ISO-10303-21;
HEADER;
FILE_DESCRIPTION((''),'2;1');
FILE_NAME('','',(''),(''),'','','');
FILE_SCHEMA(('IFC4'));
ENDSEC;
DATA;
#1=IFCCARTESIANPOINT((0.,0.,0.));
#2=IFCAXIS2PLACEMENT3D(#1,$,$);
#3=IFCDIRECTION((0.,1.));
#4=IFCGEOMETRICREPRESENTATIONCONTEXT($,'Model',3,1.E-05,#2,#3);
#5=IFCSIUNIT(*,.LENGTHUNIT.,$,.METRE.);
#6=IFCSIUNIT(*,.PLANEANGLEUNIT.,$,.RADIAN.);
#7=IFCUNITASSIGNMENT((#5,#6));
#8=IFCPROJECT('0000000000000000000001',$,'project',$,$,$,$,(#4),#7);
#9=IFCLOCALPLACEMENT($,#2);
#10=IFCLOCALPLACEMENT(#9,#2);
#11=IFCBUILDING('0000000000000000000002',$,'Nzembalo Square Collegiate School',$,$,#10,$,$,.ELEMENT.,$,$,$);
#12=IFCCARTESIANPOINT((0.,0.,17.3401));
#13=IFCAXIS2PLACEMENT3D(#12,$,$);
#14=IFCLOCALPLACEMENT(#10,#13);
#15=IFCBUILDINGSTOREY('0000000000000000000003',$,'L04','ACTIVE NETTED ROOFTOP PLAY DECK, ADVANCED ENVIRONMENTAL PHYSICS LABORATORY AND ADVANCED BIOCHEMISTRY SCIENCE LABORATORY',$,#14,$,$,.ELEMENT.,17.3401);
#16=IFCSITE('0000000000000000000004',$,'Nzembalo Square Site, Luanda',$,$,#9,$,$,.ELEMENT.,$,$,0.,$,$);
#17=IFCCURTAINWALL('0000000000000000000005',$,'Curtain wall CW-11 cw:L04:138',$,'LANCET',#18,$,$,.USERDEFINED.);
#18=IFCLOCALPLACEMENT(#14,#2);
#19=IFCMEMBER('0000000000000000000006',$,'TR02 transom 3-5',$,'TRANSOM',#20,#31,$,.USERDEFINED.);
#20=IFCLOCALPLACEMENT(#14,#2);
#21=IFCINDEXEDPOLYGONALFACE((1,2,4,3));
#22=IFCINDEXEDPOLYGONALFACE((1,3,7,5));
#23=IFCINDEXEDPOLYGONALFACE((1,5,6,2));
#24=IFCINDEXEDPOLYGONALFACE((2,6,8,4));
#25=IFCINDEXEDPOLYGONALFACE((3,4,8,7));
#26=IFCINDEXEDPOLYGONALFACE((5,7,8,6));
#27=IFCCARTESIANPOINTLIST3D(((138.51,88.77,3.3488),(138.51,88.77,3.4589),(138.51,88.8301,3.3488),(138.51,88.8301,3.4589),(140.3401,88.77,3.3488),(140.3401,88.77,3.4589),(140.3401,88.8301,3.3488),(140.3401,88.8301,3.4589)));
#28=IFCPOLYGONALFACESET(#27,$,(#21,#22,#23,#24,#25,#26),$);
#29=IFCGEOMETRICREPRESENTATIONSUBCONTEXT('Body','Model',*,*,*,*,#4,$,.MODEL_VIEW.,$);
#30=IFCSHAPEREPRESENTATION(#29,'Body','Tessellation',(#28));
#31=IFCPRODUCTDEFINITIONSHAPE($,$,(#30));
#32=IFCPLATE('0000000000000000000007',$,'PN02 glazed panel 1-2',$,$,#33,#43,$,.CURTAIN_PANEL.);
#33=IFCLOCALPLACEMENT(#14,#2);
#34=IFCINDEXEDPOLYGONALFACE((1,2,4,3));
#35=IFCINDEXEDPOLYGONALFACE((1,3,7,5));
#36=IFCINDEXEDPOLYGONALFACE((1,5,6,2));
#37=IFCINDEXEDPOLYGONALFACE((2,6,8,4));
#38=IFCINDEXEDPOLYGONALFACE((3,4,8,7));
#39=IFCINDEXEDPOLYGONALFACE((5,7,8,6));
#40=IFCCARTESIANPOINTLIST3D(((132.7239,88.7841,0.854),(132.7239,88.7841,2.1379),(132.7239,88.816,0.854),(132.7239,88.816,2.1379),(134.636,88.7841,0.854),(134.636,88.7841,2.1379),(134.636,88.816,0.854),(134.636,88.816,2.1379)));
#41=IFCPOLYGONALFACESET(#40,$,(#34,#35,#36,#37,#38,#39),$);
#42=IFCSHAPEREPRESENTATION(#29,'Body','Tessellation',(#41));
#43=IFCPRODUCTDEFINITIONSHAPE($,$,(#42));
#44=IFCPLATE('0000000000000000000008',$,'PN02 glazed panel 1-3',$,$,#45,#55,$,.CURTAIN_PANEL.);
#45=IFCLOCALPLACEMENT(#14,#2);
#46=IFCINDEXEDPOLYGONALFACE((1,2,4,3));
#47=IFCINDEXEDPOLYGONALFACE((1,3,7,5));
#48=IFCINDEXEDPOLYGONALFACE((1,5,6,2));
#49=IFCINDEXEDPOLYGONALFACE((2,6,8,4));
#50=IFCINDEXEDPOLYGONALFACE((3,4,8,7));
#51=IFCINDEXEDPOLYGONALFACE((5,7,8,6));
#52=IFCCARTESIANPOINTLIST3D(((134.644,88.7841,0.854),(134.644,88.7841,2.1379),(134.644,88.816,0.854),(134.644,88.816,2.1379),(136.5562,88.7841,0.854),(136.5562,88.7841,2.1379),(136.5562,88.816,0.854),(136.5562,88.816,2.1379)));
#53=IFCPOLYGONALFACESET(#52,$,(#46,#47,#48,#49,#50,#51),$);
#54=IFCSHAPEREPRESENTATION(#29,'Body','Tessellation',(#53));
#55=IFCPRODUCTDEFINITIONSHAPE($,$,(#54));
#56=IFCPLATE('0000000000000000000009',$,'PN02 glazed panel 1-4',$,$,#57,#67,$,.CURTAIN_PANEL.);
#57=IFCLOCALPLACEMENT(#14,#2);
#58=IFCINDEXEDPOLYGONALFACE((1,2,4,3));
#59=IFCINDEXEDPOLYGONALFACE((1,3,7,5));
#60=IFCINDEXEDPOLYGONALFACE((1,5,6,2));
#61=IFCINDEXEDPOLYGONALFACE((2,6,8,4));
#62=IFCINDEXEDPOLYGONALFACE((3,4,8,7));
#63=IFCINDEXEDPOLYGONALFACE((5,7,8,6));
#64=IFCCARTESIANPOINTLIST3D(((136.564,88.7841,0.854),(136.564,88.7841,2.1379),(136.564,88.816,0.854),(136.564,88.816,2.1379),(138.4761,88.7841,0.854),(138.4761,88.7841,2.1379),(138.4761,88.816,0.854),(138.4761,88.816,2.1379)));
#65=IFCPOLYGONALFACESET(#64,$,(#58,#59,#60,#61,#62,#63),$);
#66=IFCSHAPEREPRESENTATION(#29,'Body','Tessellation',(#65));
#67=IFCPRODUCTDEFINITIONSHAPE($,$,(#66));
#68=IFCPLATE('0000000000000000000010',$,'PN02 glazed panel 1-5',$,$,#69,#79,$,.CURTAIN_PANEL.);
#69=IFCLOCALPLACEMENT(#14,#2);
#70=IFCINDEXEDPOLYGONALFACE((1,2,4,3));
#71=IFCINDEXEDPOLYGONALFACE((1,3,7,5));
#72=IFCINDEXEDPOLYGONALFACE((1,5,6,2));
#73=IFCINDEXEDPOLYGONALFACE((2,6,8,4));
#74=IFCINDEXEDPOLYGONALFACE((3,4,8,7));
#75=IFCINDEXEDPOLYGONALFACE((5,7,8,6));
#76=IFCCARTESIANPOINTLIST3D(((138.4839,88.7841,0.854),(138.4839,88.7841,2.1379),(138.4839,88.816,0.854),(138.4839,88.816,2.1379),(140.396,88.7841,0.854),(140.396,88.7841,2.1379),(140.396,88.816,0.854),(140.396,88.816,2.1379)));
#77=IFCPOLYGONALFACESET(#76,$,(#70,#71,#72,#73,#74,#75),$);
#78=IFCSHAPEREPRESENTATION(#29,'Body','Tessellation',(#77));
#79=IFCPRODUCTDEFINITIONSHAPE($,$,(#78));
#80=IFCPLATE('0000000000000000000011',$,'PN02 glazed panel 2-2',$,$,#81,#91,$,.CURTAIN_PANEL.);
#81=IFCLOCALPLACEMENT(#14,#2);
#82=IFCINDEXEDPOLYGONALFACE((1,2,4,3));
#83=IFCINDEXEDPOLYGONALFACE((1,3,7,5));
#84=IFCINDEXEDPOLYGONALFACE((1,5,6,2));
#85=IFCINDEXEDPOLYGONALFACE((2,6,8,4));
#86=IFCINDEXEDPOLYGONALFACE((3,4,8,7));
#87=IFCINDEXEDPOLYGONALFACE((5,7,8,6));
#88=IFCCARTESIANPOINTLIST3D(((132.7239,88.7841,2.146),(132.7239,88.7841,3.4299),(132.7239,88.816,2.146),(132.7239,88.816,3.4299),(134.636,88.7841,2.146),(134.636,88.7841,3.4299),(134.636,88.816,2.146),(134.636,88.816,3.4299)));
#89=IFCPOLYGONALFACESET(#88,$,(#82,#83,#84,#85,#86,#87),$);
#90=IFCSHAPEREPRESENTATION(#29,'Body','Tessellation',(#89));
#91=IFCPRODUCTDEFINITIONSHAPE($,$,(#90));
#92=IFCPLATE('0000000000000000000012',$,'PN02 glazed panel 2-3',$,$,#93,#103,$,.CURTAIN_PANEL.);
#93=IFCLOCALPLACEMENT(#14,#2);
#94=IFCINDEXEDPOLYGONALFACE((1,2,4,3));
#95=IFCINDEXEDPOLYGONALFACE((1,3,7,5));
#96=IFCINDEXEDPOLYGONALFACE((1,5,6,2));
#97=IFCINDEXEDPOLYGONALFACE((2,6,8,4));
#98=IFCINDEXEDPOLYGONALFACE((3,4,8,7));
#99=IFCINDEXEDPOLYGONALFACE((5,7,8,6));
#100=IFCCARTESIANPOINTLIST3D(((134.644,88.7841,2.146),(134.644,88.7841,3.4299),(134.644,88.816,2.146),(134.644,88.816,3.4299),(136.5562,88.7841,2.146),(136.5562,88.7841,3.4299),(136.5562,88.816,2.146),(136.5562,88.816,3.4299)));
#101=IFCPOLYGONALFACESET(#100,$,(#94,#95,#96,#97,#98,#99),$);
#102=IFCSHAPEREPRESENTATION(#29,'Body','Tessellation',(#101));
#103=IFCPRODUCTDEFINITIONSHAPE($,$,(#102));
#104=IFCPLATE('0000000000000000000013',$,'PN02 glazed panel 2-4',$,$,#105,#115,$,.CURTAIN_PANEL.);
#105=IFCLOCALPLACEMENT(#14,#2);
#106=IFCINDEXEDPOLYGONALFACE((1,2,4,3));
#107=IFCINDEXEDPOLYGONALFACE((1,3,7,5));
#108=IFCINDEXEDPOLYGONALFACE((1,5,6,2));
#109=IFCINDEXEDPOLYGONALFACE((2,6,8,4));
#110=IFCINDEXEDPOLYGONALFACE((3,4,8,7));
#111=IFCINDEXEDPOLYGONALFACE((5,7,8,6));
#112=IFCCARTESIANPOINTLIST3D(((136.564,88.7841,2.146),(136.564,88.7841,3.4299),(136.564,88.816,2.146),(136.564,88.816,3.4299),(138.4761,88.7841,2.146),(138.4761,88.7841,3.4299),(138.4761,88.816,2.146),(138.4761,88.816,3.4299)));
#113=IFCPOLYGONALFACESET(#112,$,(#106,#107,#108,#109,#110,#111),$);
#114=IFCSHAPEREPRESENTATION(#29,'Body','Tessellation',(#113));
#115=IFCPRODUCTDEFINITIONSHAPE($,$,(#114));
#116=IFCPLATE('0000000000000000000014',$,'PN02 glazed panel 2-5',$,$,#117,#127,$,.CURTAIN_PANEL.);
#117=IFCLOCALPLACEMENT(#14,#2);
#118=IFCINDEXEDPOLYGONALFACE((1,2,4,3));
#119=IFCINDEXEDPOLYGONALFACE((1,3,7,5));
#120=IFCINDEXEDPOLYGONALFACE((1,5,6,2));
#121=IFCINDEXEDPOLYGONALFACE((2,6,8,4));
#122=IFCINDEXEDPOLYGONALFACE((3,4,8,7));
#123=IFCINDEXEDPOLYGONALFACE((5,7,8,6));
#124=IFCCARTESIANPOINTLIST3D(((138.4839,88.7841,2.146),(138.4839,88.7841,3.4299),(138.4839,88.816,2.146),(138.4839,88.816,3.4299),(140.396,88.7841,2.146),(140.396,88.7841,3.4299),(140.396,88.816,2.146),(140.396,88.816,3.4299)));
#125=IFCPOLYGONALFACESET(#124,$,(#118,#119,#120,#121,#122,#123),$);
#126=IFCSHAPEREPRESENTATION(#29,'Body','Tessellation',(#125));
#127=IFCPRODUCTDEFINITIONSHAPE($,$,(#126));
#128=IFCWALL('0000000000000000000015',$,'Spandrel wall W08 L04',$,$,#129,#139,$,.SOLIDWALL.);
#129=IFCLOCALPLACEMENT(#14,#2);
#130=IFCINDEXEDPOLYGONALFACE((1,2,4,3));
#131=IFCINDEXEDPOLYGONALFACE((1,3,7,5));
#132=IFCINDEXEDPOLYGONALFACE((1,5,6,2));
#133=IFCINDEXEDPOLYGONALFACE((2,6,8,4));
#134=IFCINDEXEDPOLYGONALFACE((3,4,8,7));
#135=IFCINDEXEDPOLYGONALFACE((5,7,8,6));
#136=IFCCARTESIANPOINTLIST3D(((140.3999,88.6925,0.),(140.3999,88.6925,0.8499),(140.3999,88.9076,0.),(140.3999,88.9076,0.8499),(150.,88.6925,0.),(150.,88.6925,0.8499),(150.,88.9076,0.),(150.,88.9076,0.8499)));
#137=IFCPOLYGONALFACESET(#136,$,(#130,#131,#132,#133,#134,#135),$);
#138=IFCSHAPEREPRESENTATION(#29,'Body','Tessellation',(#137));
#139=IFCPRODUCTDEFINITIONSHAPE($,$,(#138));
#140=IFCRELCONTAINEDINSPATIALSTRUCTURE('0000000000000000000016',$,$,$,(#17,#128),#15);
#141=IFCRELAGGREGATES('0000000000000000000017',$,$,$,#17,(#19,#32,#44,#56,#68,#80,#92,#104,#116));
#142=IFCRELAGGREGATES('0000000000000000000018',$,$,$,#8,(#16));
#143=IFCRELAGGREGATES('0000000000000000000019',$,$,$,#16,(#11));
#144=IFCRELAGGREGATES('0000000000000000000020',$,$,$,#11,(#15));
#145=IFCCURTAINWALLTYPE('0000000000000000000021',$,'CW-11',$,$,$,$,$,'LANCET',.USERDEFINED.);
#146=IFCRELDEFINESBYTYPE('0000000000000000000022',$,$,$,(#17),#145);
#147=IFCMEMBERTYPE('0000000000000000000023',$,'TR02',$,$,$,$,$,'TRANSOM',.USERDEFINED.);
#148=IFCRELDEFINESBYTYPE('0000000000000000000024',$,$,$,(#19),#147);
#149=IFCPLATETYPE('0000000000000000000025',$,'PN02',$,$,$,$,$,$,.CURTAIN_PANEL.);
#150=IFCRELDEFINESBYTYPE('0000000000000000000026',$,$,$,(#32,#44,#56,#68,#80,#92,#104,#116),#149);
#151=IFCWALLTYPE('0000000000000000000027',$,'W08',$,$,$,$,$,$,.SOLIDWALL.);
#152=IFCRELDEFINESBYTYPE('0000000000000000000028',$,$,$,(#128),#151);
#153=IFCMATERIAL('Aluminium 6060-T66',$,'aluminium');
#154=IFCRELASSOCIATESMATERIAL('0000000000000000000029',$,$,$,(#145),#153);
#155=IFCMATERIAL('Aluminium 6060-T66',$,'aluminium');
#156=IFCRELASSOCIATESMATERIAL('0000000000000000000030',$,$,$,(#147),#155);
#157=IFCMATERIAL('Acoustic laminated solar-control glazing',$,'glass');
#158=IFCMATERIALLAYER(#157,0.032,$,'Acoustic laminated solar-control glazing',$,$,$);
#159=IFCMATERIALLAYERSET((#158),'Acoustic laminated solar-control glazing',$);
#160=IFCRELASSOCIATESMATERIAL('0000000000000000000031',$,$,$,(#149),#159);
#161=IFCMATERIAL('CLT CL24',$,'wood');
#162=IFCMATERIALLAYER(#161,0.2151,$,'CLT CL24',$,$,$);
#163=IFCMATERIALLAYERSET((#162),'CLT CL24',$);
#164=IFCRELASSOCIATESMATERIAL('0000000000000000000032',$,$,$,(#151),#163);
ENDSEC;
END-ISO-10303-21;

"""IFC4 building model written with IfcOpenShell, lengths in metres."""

from ifc_helpers import new_model, si_unit, direction, frame, frame_2d, origin, origin_2d, place, context, subcontext, project, spatial, rectangle, extrude, material, layer, layer_set, material_profile, profile_set, type_object, element, aggregate, save


model = new_model("IFC4")

# Units and contexts
model_context = context("Model", 3, precision=1e-05, world=origin(), true_north=direction((0.0, 1.0)))
body_context = subcontext(model_context, "Body", "Model", "MODEL_VIEW")
ifc_project = project(units=[si_unit("LENGTHUNIT", "METRE"), si_unit("PLANEANGLEUNIT", "RADIAN")], contexts=[model_context])

# Site, building, storey
site_placement = place(None, origin())
site = spatial("IfcSite", under=ifc_project, at=site_placement, Name="Nzembalo Square Site, Luanda", CompositionType="ELEMENT", RefElevation=0.0)
building_placement = place(site_placement, origin())
building = spatial("IfcBuilding", under=site, at=building_placement, Name="Nzembalo Square Collegiate School", CompositionType="ELEMENT")
storey_placement = place(building_placement, frame((0.0, 0.0, 17.3401)))
storey = spatial("IfcBuildingStorey", under=building, at=storey_placement, Name="L04", Description="ACTIVE NETTED ROOFTOP PLAY DECK, ADVANCED ENVIRONMENTAL PHYSICS LABORATORY AND ADVANCED BIOCHEMISTRY SCIENCE LABORATORY", CompositionType="ELEMENT", Elevation=17.3401)

# Curtain wall, member, plates
ifc_material_1 = material(Name="Aluminium 6060-T66", Category="aluminium")
curtain_wall_type = type_object("IfcCurtainWallType", Name="CW-11", ElementType="LANCET", PredefinedType="USERDEFINED", material=ifc_material_1)
curtain_wall_placement = place(storey_placement, origin())
curtain_wall = element("IfcCurtainWall", 1, at=curtain_wall_placement, inside=storey, type_object=curtain_wall_type, Name="Curtain wall CW-11 cw:L04:138", ObjectType="LANCET", PredefinedType="USERDEFINED")
ifc_material_2 = material(Name="Aluminium 6060-T66", Category="aluminium")
ifc_material_profile_1 = material_profile(ifc_material_2, rectangle(XDim=0.0601, YDim=0.1101, at=origin_2d()), Name="ALU T60x110")
ifc_profile_set_1 = profile_set([ifc_material_profile_1], Name="Aluminium 6060-T66")
member_type_1 = type_object("IfcMemberType", Name="TR02", ElementType="TRANSOM", PredefinedType="USERDEFINED", material=ifc_profile_set_1)
member_1_placement = place(storey_placement, frame((138.51, 88.8, 3.4038), z_axis=(1.0, 0.0, 0.0), x_axis=(0.0, 1.0, 0.0)))
member_1 = element("IfcMember", 2, at=member_1_placement, type_object=member_type_1, Name="TR02 transom 3-5", ObjectType="TRANSOM", PredefinedType="USERDEFINED", context=body_context, shape_type="SweptSolid", body=[
    extrude(rectangle(XDim=0.0601, YDim=0.1101, at=origin_2d()), origin(), (0.0, 0.0, 1.0), 1.8301),
])
ifc_material_3 = material(Name="Acoustic laminated solar-control glazing", Category="glass")
ifc_layer_1 = layer(ifc_material_3, 0.032, Name="Acoustic laminated solar-control glazing")
ifc_layer_set_1 = layer_set([ifc_layer_1], Name="Acoustic laminated solar-control glazing")
plate_type = type_object("IfcPlateType", Name="PN02", PredefinedType="CURTAIN_PANEL", material=ifc_layer_set_1)
plate_1_placement = place(storey_placement, frame((133.6799, 88.8, 0.854), z_axis=(0.0, 0.0, 1.0), x_axis=(1.0, 0.0, 0.0)))
plate_1 = element("IfcPlate", 3, at=plate_1_placement, type_object=plate_type, Name="PN02 glazed panel 1-2", PredefinedType="CURTAIN_PANEL", context=body_context, shape_type="SweptSolid", body=[
    extrude(rectangle(XDim=1.9121, YDim=0.032, at=origin_2d()), origin(), (0.0, 0.0, 1.0), 1.2839),
])
plate_2_placement = place(storey_placement, frame((135.6001, 88.8, 0.854), z_axis=(0.0, 0.0, 1.0), x_axis=(1.0, 0.0, 0.0)))
plate_2 = element("IfcPlate", 4, at=plate_2_placement, type_object=plate_type, Name="PN02 glazed panel 1-3", PredefinedType="CURTAIN_PANEL", context=body_context, shape_type="SweptSolid", body=[
    extrude(rectangle(XDim=1.9121, YDim=0.032, at=origin_2d()), origin(), (0.0, 0.0, 1.0), 1.2839),
])
plate_3_placement = place(storey_placement, frame((137.52, 88.8, 0.854), z_axis=(0.0, 0.0, 1.0), x_axis=(1.0, 0.0, 0.0)))
plate_3 = element("IfcPlate", 5, at=plate_3_placement, type_object=plate_type, Name="PN02 glazed panel 1-4", PredefinedType="CURTAIN_PANEL", context=body_context, shape_type="SweptSolid", body=[
    extrude(rectangle(XDim=1.9121, YDim=0.032, at=origin_2d()), origin(), (0.0, 0.0, 1.0), 1.2839),
])
plate_4_placement = place(storey_placement, frame((139.4399, 88.8, 0.854), z_axis=(0.0, 0.0, 1.0), x_axis=(1.0, 0.0, 0.0)))
plate_4 = element("IfcPlate", 6, at=plate_4_placement, type_object=plate_type, Name="PN02 glazed panel 1-5", PredefinedType="CURTAIN_PANEL", context=body_context, shape_type="SweptSolid", body=[
    extrude(rectangle(XDim=1.9121, YDim=0.032, at=origin_2d()), origin(), (0.0, 0.0, 1.0), 1.2839),
])
plate_5_placement = place(storey_placement, frame((133.6799, 88.8, 2.146), z_axis=(0.0, 0.0, 1.0), x_axis=(1.0, 0.0, 0.0)))
plate_5 = element("IfcPlate", 7, at=plate_5_placement, type_object=plate_type, Name="PN02 glazed panel 2-2", PredefinedType="CURTAIN_PANEL", context=body_context, shape_type="SweptSolid", body=[
    extrude(rectangle(XDim=1.9121, YDim=0.032, at=origin_2d()), origin(), (0.0, 0.0, 1.0), 1.2839),
])
plate_6_placement = place(storey_placement, frame((135.6001, 88.8, 2.146), z_axis=(0.0, 0.0, 1.0), x_axis=(1.0, 0.0, 0.0)))
plate_6 = element("IfcPlate", 8, at=plate_6_placement, type_object=plate_type, Name="PN02 glazed panel 2-3", PredefinedType="CURTAIN_PANEL", context=body_context, shape_type="SweptSolid", body=[
    extrude(rectangle(XDim=1.9121, YDim=0.032, at=origin_2d()), origin(), (0.0, 0.0, 1.0), 1.2839),
])
plate_7_placement = place(storey_placement, frame((137.52, 88.8, 2.146), z_axis=(0.0, 0.0, 1.0), x_axis=(1.0, 0.0, 0.0)))
plate_7 = element("IfcPlate", 9, at=plate_7_placement, type_object=plate_type, Name="PN02 glazed panel 2-4", PredefinedType="CURTAIN_PANEL", context=body_context, shape_type="SweptSolid", body=[
    extrude(rectangle(XDim=1.9121, YDim=0.032, at=origin_2d()), origin(), (0.0, 0.0, 1.0), 1.2839),
])
plate_8_placement = place(storey_placement, frame((139.4399, 88.8, 2.146), z_axis=(0.0, 0.0, 1.0), x_axis=(1.0, 0.0, 0.0)))
plate_8 = element("IfcPlate", 10, at=plate_8_placement, type_object=plate_type, Name="PN02 glazed panel 2-5", PredefinedType="CURTAIN_PANEL", context=body_context, shape_type="SweptSolid", body=[
    extrude(rectangle(XDim=1.9121, YDim=0.032, at=origin_2d()), origin(), (0.0, 0.0, 1.0), 1.2839),
])
aggregate(curtain_wall, [member_1, plate_1, plate_2, plate_3, plate_4, plate_5, plate_6, plate_7, plate_8])

# Wall
ifc_material_4 = material(Name="CLT CL24", Category="wood")
ifc_layer_2 = layer(ifc_material_4, 0.2151, Name="CLT CL24")
ifc_layer_set_2 = layer_set([ifc_layer_2], Name="CLT CL24")
wall_type = type_object("IfcWallType", Name="W08", PredefinedType="SOLIDWALL", material=ifc_layer_set_2)
wall_placement = place(storey_placement, frame((140.3999, 88.8, 0.0), z_axis=(0.0, 0.0, 1.0), x_axis=(1.0, 0.0, 0.0)))
element("IfcWall", 11, at=wall_placement, inside=storey, type_object=wall_type, Name="Spandrel wall W08 L04", PredefinedType="SOLIDWALL", context=body_context, shape_type="SweptSolid", body=[
    extrude(rectangle(XDim=9.6001, YDim=0.2151, at=frame_2d((4.8, 0.0))), origin(), (0.0, 0.0, 1.0), 0.8499),
])

save(model, "model.ifc")
